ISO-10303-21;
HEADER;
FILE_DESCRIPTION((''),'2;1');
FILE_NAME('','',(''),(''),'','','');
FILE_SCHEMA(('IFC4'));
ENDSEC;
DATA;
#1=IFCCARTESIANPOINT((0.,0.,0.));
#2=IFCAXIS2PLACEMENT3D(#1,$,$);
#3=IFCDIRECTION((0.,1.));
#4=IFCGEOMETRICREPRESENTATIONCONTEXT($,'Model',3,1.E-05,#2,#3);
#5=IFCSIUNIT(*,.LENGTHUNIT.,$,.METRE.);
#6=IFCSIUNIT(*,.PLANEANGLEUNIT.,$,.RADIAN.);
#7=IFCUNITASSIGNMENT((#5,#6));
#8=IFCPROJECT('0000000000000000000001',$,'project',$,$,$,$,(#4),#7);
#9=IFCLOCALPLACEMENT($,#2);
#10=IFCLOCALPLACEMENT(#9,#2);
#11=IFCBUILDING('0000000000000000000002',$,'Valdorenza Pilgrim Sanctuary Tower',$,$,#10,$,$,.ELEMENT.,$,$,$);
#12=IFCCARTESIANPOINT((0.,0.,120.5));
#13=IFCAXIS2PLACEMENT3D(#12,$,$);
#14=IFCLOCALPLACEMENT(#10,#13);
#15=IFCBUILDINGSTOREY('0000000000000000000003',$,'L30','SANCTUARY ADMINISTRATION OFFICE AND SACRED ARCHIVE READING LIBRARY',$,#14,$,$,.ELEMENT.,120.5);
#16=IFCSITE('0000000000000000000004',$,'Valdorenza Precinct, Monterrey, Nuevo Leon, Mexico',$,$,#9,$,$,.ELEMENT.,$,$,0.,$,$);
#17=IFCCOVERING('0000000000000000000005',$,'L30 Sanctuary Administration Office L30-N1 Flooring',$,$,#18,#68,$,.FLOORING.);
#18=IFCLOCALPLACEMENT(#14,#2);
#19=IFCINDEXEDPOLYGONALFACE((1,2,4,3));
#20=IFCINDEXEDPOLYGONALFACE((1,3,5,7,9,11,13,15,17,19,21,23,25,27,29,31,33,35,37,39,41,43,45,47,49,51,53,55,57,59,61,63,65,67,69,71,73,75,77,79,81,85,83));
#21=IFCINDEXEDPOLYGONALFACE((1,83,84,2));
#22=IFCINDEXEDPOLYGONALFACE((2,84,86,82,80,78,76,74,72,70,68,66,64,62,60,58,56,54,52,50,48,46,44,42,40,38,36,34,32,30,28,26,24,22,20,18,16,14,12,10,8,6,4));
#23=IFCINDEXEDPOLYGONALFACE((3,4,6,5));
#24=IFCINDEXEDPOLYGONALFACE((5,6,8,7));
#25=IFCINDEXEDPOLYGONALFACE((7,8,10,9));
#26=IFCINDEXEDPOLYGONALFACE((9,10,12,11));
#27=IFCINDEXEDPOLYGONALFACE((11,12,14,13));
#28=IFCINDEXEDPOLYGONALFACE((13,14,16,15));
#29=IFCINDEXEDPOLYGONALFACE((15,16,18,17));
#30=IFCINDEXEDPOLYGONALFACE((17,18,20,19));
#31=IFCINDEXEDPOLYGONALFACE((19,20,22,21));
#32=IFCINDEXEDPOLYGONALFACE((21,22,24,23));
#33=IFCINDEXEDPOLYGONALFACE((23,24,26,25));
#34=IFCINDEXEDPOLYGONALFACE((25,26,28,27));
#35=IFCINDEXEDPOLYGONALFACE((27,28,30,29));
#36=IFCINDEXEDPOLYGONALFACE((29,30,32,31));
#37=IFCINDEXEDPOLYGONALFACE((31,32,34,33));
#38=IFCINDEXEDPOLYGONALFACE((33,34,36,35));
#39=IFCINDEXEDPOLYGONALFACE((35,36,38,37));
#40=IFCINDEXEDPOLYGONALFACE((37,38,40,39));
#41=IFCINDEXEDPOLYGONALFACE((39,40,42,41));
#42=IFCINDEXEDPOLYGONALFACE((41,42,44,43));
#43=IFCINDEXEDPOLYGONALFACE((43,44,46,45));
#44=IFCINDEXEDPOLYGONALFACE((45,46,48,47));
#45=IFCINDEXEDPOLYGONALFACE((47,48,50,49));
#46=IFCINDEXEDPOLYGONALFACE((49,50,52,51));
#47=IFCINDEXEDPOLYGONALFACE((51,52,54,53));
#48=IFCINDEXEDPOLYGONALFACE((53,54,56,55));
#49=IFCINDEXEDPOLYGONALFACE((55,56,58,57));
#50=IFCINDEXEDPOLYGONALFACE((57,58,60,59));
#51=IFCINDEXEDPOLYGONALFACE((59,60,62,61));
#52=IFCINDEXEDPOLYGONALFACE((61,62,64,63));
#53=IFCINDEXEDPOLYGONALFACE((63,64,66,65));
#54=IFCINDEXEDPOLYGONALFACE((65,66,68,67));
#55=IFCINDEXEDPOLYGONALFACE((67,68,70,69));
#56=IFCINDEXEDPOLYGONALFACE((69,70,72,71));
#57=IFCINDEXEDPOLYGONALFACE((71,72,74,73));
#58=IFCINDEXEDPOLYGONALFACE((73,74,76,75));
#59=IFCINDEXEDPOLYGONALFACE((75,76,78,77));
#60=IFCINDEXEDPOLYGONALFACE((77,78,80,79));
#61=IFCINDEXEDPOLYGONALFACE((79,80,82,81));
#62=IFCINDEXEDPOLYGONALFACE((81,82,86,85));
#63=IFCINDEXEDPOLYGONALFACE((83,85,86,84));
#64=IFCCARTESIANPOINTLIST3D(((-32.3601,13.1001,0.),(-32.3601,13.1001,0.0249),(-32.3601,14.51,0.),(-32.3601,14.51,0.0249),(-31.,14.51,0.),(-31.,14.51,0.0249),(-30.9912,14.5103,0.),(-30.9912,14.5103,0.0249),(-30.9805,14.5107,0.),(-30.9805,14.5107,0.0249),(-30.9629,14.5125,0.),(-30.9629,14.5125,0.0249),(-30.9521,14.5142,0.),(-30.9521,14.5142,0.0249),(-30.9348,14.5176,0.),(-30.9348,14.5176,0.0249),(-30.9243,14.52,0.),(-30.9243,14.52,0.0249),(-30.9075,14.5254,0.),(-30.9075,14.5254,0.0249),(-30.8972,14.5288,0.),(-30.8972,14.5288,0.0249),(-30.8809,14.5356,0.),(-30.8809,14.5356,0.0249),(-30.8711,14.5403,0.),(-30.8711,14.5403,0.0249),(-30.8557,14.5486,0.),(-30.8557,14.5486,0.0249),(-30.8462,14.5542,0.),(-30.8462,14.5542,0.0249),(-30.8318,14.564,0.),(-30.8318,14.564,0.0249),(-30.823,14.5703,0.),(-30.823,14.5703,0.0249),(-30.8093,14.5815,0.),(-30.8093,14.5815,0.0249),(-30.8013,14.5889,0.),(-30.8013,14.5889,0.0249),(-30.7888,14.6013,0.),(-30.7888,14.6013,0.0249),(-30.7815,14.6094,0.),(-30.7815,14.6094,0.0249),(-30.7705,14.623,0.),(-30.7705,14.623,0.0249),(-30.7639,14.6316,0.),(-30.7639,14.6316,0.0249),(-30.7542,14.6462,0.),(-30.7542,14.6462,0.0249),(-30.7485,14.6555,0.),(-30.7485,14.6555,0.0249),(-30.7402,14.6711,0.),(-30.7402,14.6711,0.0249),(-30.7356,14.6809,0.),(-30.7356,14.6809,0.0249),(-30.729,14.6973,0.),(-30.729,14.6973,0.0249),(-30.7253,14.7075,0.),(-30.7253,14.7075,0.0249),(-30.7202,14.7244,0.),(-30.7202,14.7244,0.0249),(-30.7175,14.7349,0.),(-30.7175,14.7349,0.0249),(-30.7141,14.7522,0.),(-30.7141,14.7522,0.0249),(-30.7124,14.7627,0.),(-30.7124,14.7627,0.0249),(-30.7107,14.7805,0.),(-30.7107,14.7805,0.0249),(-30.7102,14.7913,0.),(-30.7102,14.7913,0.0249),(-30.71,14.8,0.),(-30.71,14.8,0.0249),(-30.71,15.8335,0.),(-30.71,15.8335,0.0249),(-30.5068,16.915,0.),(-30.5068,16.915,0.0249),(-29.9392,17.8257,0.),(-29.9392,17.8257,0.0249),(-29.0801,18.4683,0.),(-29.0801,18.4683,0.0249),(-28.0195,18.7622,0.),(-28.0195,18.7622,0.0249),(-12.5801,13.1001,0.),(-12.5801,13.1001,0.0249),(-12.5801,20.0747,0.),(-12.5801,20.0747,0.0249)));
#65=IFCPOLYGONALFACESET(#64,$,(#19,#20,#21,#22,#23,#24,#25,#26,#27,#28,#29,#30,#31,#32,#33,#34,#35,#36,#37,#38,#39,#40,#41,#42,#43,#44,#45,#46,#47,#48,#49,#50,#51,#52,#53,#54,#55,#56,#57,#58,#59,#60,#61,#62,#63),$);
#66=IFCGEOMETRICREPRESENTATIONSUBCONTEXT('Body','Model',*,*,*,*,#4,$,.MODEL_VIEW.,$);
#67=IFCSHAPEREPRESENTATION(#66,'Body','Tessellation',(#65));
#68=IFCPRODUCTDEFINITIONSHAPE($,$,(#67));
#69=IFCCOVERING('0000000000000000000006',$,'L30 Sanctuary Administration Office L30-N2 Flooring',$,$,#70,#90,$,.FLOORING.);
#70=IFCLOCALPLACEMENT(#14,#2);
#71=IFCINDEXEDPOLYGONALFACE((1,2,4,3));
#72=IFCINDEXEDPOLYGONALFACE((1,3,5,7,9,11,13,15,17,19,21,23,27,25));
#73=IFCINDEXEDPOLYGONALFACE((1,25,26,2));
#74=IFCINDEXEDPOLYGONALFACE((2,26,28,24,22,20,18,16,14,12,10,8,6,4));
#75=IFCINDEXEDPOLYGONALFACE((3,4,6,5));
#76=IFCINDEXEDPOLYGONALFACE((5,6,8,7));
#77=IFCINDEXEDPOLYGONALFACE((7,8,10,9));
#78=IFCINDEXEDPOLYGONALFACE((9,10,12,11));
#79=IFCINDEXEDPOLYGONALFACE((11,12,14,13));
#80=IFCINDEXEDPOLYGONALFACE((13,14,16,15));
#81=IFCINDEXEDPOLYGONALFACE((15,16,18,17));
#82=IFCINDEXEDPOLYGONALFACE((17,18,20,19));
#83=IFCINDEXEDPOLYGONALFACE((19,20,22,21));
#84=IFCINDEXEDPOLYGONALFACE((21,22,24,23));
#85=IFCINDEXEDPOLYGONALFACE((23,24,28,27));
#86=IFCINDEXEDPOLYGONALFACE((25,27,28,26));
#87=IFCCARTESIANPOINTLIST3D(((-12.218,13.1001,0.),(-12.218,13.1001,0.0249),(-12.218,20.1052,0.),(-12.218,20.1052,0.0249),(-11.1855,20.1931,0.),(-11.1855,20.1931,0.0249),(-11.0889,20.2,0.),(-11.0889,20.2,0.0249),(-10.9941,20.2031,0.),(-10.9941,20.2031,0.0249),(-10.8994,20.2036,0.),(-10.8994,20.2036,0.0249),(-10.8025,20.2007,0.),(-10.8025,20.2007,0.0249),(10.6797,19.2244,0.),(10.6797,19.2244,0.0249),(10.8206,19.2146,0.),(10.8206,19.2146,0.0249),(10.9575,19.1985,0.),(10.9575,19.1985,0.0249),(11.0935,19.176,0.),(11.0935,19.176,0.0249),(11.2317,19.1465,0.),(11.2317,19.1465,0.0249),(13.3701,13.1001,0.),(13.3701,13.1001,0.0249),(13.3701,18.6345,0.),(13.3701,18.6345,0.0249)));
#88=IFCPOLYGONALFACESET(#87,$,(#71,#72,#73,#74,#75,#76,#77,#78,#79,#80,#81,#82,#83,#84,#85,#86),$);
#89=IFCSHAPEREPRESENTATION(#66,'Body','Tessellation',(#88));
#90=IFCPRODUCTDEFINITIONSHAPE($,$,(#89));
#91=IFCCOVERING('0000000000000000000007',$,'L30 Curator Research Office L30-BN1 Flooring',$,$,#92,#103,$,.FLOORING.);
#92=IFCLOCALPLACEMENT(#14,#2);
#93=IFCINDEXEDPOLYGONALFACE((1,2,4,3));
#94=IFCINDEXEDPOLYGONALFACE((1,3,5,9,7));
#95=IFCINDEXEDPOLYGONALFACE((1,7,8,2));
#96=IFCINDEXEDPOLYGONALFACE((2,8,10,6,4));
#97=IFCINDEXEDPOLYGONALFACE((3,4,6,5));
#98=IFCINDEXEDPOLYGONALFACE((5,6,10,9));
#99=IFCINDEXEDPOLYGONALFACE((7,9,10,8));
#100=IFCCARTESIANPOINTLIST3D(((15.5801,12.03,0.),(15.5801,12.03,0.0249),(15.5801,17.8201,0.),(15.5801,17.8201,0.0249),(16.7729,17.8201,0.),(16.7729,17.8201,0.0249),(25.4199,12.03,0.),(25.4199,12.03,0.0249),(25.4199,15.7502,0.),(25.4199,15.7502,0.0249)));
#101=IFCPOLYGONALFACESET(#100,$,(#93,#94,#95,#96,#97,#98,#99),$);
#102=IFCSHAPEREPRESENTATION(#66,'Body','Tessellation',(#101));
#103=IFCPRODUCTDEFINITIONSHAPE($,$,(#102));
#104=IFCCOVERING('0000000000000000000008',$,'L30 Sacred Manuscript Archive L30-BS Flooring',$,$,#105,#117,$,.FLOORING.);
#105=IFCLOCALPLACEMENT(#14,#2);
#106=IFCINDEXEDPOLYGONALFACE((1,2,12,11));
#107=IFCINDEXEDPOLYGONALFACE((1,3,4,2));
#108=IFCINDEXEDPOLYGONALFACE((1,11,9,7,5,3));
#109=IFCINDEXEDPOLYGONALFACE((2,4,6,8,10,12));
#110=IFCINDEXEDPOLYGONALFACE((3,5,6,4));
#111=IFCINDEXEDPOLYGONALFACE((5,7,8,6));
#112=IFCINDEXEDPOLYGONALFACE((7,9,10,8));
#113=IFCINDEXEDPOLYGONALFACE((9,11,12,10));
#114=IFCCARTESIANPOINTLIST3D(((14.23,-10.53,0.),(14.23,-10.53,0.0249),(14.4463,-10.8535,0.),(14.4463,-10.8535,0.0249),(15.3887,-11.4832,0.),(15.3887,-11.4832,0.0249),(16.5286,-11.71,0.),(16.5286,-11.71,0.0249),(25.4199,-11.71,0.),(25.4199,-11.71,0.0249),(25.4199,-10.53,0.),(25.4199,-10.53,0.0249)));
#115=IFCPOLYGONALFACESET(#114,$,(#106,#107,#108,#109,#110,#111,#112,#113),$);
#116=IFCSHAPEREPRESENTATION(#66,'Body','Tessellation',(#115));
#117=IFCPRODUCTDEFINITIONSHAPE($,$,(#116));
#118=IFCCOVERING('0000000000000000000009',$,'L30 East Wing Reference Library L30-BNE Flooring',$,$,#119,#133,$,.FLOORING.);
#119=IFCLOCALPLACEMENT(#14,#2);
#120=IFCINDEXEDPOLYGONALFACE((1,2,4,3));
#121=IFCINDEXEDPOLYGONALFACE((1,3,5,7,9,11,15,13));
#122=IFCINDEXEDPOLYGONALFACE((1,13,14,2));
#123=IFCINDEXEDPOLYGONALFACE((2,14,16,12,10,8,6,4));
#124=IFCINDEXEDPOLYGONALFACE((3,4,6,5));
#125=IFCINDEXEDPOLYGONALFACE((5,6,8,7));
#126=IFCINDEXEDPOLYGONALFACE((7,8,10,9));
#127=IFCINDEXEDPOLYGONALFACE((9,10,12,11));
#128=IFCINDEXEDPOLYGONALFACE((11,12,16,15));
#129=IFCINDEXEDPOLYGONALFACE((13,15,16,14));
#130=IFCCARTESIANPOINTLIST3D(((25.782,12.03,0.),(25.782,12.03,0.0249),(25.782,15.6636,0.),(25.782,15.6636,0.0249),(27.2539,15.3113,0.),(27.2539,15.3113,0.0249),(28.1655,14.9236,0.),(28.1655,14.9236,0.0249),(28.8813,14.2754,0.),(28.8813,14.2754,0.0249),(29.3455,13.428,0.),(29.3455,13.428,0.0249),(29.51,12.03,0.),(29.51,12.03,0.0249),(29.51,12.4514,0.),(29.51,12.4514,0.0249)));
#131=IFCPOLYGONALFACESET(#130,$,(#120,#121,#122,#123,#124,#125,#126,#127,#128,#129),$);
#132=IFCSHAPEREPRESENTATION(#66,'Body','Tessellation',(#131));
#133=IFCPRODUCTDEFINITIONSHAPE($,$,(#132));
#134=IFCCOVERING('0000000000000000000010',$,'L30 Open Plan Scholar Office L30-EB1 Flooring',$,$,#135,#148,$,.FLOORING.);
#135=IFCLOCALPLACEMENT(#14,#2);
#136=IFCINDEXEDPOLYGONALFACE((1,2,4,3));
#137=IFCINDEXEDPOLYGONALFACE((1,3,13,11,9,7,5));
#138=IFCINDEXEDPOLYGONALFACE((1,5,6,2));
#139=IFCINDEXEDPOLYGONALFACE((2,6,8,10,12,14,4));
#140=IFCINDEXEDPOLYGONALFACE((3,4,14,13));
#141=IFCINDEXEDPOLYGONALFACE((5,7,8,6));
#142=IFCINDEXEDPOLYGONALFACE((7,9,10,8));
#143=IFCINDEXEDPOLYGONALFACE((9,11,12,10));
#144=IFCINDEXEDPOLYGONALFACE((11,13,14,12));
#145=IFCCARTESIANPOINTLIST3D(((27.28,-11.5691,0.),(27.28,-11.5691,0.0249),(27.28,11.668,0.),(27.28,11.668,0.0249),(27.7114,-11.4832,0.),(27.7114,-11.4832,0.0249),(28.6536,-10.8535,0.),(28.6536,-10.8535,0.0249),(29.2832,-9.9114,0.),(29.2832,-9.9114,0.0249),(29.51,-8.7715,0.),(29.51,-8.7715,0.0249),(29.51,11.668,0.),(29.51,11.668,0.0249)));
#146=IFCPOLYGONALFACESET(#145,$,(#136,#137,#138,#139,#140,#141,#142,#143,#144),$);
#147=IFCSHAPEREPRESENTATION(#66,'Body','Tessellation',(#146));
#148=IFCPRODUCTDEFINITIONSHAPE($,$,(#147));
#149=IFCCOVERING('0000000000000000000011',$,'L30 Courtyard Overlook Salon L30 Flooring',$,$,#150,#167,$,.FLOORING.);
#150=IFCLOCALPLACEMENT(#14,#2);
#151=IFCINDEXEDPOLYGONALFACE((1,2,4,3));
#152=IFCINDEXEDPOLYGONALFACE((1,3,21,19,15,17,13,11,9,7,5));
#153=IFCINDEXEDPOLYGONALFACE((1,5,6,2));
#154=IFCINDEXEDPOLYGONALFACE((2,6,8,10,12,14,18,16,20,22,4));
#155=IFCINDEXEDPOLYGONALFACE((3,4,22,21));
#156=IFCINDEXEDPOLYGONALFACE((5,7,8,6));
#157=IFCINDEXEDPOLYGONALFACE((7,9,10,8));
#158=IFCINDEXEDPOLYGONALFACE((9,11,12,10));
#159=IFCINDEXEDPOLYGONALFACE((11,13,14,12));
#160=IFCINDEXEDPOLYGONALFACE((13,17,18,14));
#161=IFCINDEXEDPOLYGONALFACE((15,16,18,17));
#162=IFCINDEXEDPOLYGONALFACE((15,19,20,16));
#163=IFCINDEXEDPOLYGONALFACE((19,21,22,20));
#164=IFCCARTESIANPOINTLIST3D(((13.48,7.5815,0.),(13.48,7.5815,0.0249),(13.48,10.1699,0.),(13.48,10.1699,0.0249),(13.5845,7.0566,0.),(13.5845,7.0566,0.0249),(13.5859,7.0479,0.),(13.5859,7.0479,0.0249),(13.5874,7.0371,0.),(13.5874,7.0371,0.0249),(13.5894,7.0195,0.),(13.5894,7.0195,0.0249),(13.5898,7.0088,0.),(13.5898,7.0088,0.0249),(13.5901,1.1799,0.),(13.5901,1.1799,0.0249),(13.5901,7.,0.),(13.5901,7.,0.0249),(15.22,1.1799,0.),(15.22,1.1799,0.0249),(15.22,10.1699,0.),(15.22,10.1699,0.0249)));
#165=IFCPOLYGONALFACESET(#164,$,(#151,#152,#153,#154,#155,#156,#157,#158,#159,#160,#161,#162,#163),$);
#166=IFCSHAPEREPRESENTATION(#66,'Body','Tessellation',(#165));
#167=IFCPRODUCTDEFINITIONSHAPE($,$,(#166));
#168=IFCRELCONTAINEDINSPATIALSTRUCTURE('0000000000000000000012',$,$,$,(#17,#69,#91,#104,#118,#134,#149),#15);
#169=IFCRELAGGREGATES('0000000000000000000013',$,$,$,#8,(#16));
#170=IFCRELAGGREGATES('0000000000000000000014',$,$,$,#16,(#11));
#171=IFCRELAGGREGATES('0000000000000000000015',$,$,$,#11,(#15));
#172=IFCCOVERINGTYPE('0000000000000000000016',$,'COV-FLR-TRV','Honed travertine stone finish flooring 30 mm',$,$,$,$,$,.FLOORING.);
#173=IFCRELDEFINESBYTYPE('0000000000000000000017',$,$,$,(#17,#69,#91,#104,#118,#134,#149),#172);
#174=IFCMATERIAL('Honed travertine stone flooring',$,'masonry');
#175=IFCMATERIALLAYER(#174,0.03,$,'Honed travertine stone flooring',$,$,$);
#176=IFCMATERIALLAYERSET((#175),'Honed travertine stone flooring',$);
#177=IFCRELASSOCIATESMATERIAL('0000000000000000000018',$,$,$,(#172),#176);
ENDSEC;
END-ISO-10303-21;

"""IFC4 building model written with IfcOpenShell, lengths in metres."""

from ifc_helpers import new_model, si_unit, direction, frame, origin, place, context, subcontext, project, spatial, polyline, outline, extrude, material, layer, layer_set, type_object, element, save


model = new_model("IFC4")

# Units and contexts
model_context = context("Model", 3, precision=1e-05, world=origin(), true_north=direction((0.0, 1.0)))
body_context = subcontext(model_context, "Body", "Model", "MODEL_VIEW")
ifc_project = project(units=[si_unit("LENGTHUNIT", "METRE"), si_unit("PLANEANGLEUNIT", "RADIAN")], contexts=[model_context])

# Site, building, storey
site_placement = place(None, origin())
site = spatial("IfcSite", under=ifc_project, at=site_placement, Name="Valdorenza Precinct, Monterrey, Nuevo Leon, Mexico", CompositionType="ELEMENT", RefElevation=0.0)
building_placement = place(site_placement, origin())
building = spatial("IfcBuilding", under=site, at=building_placement, Name="Valdorenza Pilgrim Sanctuary Tower", CompositionType="ELEMENT")
storey_placement = place(building_placement, frame((0.0, 0.0, 120.5)))
storey = spatial("IfcBuildingStorey", under=building, at=storey_placement, Name="L30", Description="SANCTUARY ADMINISTRATION OFFICE AND SACRED ARCHIVE READING LIBRARY", CompositionType="ELEMENT", Elevation=120.5)

# Coverings
ifc_material_1 = material(Name="Honed travertine stone flooring", Category="masonry")
ifc_layer_1 = layer(ifc_material_1, 0.03, Name="Honed travertine stone flooring")
ifc_layer_set_1 = layer_set([ifc_layer_1], Name="Honed travertine stone flooring")
covering_type_1 = type_object("IfcCoveringType", Name="COV-FLR-TRV", Description="Honed travertine stone finish flooring 30 mm", PredefinedType="FLOORING", material=ifc_layer_set_1)
covering_1_placement = place(storey_placement, origin())
element("IfcCovering", 1, at=covering_1_placement, inside=storey, type_object=covering_type_1, Name="L30 Sanctuary Administration Office L30-N1 Flooring", PredefinedType="FLOORING", context=body_context, shape_type="SweptSolid", body=[
    extrude(outline(polyline([(-32.3601, 13.1001), (-32.3601, 14.51), (-31.0, 14.51), (-30.9912, 14.5103), (-30.9805, 14.5107), (-30.9629, 14.5125), (-30.9521, 14.5142), (-30.9348, 14.5176), (-30.9243, 14.52), (-30.9075, 14.5254), (-30.8972, 14.5288), (-30.8809, 14.5356), (-30.8711, 14.5403), (-30.8557, 14.5486), (-30.8462, 14.5542), (-30.8318, 14.564), (-30.823, 14.5703), (-30.8093, 14.5815), (-30.8013, 14.5889), (-30.7888, 14.6013), (-30.7815, 14.6094), (-30.7705, 14.623), (-30.7639, 14.6316), (-30.7542, 14.6462), (-30.7485, 14.6555), (-30.7402, 14.6711), (-30.7356, 14.6809), (-30.729, 14.6973), (-30.7253, 14.7075), (-30.7202, 14.7244), (-30.7175, 14.7349), (-30.7141, 14.7522), (-30.7124, 14.7627), (-30.7107, 14.7805), (-30.7102, 14.7913), (-30.71, 14.8), (-30.71, 15.8335), (-30.5068, 16.915), (-29.9392, 17.8257), (-29.0801, 18.4683), (-28.0195, 18.7622), (-12.5801, 20.0747), (-12.5801, 13.1001), (-32.3601, 13.1001)])), origin(), (0.0, 0.0, 1.0), 0.0249),
])
covering_2_placement = place(storey_placement, origin())
element("IfcCovering", 2, at=covering_2_placement, inside=storey, type_object=covering_type_1, Name="L30 Sanctuary Administration Office L30-N2 Flooring", PredefinedType="FLOORING", context=body_context, shape_type="SweptSolid", body=[
    extrude(outline(polyline([(-12.218, 13.1001), (-12.218, 20.1052), (-11.1855, 20.1931), (-11.0889, 20.2), (-10.9941, 20.2031), (-10.8994, 20.2036), (-10.8025, 20.2007), (10.6797, 19.2244), (10.8206, 19.2146), (10.9575, 19.1985), (11.0935, 19.176), (11.2317, 19.1465), (13.3701, 18.6345), (13.3701, 13.1001), (-12.218, 13.1001)])), origin(), (0.0, 0.0, 1.0), 0.0249),
])
covering_3_placement = place(storey_placement, origin())
element("IfcCovering", 3, at=covering_3_placement, inside=storey, type_object=covering_type_1, Name="L30 Curator Research Office L30-BN1 Flooring", PredefinedType="FLOORING", context=body_context, shape_type="SweptSolid", body=[
    extrude(outline(polyline([(15.5801, 12.03), (15.5801, 17.8201), (16.7729, 17.8201), (25.4199, 15.7502), (25.4199, 12.03), (15.5801, 12.03)])), origin(), (0.0, 0.0, 1.0), 0.0249),
])
covering_4_placement = place(storey_placement, origin())
element("IfcCovering", 4, at=covering_4_placement, inside=storey, type_object=covering_type_1, Name="L30 Sacred Manuscript Archive L30-BS Flooring", PredefinedType="FLOORING", context=body_context, shape_type="SweptSolid", body=[
    extrude(outline(polyline([(25.4199, -11.71), (16.5286, -11.71), (15.3887, -11.4832), (14.4463, -10.8535), (14.23, -10.53), (25.4199, -10.53), (25.4199, -11.71)])), origin(), (0.0, 0.0, 1.0), 0.0249),
])
covering_5_placement = place(storey_placement, origin())
element("IfcCovering", 5, at=covering_5_placement, inside=storey, type_object=covering_type_1, Name="L30 East Wing Reference Library L30-BNE Flooring", PredefinedType="FLOORING", context=body_context, shape_type="SweptSolid", body=[
    extrude(outline(polyline([(27.2539, 15.3113), (28.1655, 14.9236), (28.8813, 14.2754), (29.3455, 13.428), (29.51, 12.4514), (29.51, 12.03), (25.782, 12.03), (25.782, 15.6636), (27.2539, 15.3113)])), origin(), (0.0, 0.0, 1.0), 0.0249),
])
covering_6_placement = place(storey_placement, origin())
element("IfcCovering", 6, at=covering_6_placement, inside=storey, type_object=covering_type_1, Name="L30 Open Plan Scholar Office L30-EB1 Flooring", PredefinedType="FLOORING", context=body_context, shape_type="SweptSolid", body=[
    extrude(outline(polyline([(29.51, -8.7715), (29.2832, -9.9114), (28.6536, -10.8535), (27.7114, -11.4832), (27.28, -11.5691), (27.28, 11.668), (29.51, 11.668), (29.51, -8.7715)])), origin(), (0.0, 0.0, 1.0), 0.0249),
])
covering_7_placement = place(storey_placement, origin())
element("IfcCovering", 7, at=covering_7_placement, inside=storey, type_object=covering_type_1, Name="L30 Courtyard Overlook Salon L30 Flooring", PredefinedType="FLOORING", context=body_context, shape_type="SweptSolid", body=[
    extrude(outline(polyline([(15.22, 10.1699), (15.22, 1.1799), (13.5901, 1.1799), (13.5901, 7.0), (13.5898, 7.0088), (13.5894, 7.0195), (13.5874, 7.0371), (13.5859, 7.0479), (13.5845, 7.0566), (13.48, 7.5815), (13.48, 10.1699), (15.22, 10.1699)])), origin(), (0.0, 0.0, 1.0), 0.0249),
])

save(model, "model.ifc")
